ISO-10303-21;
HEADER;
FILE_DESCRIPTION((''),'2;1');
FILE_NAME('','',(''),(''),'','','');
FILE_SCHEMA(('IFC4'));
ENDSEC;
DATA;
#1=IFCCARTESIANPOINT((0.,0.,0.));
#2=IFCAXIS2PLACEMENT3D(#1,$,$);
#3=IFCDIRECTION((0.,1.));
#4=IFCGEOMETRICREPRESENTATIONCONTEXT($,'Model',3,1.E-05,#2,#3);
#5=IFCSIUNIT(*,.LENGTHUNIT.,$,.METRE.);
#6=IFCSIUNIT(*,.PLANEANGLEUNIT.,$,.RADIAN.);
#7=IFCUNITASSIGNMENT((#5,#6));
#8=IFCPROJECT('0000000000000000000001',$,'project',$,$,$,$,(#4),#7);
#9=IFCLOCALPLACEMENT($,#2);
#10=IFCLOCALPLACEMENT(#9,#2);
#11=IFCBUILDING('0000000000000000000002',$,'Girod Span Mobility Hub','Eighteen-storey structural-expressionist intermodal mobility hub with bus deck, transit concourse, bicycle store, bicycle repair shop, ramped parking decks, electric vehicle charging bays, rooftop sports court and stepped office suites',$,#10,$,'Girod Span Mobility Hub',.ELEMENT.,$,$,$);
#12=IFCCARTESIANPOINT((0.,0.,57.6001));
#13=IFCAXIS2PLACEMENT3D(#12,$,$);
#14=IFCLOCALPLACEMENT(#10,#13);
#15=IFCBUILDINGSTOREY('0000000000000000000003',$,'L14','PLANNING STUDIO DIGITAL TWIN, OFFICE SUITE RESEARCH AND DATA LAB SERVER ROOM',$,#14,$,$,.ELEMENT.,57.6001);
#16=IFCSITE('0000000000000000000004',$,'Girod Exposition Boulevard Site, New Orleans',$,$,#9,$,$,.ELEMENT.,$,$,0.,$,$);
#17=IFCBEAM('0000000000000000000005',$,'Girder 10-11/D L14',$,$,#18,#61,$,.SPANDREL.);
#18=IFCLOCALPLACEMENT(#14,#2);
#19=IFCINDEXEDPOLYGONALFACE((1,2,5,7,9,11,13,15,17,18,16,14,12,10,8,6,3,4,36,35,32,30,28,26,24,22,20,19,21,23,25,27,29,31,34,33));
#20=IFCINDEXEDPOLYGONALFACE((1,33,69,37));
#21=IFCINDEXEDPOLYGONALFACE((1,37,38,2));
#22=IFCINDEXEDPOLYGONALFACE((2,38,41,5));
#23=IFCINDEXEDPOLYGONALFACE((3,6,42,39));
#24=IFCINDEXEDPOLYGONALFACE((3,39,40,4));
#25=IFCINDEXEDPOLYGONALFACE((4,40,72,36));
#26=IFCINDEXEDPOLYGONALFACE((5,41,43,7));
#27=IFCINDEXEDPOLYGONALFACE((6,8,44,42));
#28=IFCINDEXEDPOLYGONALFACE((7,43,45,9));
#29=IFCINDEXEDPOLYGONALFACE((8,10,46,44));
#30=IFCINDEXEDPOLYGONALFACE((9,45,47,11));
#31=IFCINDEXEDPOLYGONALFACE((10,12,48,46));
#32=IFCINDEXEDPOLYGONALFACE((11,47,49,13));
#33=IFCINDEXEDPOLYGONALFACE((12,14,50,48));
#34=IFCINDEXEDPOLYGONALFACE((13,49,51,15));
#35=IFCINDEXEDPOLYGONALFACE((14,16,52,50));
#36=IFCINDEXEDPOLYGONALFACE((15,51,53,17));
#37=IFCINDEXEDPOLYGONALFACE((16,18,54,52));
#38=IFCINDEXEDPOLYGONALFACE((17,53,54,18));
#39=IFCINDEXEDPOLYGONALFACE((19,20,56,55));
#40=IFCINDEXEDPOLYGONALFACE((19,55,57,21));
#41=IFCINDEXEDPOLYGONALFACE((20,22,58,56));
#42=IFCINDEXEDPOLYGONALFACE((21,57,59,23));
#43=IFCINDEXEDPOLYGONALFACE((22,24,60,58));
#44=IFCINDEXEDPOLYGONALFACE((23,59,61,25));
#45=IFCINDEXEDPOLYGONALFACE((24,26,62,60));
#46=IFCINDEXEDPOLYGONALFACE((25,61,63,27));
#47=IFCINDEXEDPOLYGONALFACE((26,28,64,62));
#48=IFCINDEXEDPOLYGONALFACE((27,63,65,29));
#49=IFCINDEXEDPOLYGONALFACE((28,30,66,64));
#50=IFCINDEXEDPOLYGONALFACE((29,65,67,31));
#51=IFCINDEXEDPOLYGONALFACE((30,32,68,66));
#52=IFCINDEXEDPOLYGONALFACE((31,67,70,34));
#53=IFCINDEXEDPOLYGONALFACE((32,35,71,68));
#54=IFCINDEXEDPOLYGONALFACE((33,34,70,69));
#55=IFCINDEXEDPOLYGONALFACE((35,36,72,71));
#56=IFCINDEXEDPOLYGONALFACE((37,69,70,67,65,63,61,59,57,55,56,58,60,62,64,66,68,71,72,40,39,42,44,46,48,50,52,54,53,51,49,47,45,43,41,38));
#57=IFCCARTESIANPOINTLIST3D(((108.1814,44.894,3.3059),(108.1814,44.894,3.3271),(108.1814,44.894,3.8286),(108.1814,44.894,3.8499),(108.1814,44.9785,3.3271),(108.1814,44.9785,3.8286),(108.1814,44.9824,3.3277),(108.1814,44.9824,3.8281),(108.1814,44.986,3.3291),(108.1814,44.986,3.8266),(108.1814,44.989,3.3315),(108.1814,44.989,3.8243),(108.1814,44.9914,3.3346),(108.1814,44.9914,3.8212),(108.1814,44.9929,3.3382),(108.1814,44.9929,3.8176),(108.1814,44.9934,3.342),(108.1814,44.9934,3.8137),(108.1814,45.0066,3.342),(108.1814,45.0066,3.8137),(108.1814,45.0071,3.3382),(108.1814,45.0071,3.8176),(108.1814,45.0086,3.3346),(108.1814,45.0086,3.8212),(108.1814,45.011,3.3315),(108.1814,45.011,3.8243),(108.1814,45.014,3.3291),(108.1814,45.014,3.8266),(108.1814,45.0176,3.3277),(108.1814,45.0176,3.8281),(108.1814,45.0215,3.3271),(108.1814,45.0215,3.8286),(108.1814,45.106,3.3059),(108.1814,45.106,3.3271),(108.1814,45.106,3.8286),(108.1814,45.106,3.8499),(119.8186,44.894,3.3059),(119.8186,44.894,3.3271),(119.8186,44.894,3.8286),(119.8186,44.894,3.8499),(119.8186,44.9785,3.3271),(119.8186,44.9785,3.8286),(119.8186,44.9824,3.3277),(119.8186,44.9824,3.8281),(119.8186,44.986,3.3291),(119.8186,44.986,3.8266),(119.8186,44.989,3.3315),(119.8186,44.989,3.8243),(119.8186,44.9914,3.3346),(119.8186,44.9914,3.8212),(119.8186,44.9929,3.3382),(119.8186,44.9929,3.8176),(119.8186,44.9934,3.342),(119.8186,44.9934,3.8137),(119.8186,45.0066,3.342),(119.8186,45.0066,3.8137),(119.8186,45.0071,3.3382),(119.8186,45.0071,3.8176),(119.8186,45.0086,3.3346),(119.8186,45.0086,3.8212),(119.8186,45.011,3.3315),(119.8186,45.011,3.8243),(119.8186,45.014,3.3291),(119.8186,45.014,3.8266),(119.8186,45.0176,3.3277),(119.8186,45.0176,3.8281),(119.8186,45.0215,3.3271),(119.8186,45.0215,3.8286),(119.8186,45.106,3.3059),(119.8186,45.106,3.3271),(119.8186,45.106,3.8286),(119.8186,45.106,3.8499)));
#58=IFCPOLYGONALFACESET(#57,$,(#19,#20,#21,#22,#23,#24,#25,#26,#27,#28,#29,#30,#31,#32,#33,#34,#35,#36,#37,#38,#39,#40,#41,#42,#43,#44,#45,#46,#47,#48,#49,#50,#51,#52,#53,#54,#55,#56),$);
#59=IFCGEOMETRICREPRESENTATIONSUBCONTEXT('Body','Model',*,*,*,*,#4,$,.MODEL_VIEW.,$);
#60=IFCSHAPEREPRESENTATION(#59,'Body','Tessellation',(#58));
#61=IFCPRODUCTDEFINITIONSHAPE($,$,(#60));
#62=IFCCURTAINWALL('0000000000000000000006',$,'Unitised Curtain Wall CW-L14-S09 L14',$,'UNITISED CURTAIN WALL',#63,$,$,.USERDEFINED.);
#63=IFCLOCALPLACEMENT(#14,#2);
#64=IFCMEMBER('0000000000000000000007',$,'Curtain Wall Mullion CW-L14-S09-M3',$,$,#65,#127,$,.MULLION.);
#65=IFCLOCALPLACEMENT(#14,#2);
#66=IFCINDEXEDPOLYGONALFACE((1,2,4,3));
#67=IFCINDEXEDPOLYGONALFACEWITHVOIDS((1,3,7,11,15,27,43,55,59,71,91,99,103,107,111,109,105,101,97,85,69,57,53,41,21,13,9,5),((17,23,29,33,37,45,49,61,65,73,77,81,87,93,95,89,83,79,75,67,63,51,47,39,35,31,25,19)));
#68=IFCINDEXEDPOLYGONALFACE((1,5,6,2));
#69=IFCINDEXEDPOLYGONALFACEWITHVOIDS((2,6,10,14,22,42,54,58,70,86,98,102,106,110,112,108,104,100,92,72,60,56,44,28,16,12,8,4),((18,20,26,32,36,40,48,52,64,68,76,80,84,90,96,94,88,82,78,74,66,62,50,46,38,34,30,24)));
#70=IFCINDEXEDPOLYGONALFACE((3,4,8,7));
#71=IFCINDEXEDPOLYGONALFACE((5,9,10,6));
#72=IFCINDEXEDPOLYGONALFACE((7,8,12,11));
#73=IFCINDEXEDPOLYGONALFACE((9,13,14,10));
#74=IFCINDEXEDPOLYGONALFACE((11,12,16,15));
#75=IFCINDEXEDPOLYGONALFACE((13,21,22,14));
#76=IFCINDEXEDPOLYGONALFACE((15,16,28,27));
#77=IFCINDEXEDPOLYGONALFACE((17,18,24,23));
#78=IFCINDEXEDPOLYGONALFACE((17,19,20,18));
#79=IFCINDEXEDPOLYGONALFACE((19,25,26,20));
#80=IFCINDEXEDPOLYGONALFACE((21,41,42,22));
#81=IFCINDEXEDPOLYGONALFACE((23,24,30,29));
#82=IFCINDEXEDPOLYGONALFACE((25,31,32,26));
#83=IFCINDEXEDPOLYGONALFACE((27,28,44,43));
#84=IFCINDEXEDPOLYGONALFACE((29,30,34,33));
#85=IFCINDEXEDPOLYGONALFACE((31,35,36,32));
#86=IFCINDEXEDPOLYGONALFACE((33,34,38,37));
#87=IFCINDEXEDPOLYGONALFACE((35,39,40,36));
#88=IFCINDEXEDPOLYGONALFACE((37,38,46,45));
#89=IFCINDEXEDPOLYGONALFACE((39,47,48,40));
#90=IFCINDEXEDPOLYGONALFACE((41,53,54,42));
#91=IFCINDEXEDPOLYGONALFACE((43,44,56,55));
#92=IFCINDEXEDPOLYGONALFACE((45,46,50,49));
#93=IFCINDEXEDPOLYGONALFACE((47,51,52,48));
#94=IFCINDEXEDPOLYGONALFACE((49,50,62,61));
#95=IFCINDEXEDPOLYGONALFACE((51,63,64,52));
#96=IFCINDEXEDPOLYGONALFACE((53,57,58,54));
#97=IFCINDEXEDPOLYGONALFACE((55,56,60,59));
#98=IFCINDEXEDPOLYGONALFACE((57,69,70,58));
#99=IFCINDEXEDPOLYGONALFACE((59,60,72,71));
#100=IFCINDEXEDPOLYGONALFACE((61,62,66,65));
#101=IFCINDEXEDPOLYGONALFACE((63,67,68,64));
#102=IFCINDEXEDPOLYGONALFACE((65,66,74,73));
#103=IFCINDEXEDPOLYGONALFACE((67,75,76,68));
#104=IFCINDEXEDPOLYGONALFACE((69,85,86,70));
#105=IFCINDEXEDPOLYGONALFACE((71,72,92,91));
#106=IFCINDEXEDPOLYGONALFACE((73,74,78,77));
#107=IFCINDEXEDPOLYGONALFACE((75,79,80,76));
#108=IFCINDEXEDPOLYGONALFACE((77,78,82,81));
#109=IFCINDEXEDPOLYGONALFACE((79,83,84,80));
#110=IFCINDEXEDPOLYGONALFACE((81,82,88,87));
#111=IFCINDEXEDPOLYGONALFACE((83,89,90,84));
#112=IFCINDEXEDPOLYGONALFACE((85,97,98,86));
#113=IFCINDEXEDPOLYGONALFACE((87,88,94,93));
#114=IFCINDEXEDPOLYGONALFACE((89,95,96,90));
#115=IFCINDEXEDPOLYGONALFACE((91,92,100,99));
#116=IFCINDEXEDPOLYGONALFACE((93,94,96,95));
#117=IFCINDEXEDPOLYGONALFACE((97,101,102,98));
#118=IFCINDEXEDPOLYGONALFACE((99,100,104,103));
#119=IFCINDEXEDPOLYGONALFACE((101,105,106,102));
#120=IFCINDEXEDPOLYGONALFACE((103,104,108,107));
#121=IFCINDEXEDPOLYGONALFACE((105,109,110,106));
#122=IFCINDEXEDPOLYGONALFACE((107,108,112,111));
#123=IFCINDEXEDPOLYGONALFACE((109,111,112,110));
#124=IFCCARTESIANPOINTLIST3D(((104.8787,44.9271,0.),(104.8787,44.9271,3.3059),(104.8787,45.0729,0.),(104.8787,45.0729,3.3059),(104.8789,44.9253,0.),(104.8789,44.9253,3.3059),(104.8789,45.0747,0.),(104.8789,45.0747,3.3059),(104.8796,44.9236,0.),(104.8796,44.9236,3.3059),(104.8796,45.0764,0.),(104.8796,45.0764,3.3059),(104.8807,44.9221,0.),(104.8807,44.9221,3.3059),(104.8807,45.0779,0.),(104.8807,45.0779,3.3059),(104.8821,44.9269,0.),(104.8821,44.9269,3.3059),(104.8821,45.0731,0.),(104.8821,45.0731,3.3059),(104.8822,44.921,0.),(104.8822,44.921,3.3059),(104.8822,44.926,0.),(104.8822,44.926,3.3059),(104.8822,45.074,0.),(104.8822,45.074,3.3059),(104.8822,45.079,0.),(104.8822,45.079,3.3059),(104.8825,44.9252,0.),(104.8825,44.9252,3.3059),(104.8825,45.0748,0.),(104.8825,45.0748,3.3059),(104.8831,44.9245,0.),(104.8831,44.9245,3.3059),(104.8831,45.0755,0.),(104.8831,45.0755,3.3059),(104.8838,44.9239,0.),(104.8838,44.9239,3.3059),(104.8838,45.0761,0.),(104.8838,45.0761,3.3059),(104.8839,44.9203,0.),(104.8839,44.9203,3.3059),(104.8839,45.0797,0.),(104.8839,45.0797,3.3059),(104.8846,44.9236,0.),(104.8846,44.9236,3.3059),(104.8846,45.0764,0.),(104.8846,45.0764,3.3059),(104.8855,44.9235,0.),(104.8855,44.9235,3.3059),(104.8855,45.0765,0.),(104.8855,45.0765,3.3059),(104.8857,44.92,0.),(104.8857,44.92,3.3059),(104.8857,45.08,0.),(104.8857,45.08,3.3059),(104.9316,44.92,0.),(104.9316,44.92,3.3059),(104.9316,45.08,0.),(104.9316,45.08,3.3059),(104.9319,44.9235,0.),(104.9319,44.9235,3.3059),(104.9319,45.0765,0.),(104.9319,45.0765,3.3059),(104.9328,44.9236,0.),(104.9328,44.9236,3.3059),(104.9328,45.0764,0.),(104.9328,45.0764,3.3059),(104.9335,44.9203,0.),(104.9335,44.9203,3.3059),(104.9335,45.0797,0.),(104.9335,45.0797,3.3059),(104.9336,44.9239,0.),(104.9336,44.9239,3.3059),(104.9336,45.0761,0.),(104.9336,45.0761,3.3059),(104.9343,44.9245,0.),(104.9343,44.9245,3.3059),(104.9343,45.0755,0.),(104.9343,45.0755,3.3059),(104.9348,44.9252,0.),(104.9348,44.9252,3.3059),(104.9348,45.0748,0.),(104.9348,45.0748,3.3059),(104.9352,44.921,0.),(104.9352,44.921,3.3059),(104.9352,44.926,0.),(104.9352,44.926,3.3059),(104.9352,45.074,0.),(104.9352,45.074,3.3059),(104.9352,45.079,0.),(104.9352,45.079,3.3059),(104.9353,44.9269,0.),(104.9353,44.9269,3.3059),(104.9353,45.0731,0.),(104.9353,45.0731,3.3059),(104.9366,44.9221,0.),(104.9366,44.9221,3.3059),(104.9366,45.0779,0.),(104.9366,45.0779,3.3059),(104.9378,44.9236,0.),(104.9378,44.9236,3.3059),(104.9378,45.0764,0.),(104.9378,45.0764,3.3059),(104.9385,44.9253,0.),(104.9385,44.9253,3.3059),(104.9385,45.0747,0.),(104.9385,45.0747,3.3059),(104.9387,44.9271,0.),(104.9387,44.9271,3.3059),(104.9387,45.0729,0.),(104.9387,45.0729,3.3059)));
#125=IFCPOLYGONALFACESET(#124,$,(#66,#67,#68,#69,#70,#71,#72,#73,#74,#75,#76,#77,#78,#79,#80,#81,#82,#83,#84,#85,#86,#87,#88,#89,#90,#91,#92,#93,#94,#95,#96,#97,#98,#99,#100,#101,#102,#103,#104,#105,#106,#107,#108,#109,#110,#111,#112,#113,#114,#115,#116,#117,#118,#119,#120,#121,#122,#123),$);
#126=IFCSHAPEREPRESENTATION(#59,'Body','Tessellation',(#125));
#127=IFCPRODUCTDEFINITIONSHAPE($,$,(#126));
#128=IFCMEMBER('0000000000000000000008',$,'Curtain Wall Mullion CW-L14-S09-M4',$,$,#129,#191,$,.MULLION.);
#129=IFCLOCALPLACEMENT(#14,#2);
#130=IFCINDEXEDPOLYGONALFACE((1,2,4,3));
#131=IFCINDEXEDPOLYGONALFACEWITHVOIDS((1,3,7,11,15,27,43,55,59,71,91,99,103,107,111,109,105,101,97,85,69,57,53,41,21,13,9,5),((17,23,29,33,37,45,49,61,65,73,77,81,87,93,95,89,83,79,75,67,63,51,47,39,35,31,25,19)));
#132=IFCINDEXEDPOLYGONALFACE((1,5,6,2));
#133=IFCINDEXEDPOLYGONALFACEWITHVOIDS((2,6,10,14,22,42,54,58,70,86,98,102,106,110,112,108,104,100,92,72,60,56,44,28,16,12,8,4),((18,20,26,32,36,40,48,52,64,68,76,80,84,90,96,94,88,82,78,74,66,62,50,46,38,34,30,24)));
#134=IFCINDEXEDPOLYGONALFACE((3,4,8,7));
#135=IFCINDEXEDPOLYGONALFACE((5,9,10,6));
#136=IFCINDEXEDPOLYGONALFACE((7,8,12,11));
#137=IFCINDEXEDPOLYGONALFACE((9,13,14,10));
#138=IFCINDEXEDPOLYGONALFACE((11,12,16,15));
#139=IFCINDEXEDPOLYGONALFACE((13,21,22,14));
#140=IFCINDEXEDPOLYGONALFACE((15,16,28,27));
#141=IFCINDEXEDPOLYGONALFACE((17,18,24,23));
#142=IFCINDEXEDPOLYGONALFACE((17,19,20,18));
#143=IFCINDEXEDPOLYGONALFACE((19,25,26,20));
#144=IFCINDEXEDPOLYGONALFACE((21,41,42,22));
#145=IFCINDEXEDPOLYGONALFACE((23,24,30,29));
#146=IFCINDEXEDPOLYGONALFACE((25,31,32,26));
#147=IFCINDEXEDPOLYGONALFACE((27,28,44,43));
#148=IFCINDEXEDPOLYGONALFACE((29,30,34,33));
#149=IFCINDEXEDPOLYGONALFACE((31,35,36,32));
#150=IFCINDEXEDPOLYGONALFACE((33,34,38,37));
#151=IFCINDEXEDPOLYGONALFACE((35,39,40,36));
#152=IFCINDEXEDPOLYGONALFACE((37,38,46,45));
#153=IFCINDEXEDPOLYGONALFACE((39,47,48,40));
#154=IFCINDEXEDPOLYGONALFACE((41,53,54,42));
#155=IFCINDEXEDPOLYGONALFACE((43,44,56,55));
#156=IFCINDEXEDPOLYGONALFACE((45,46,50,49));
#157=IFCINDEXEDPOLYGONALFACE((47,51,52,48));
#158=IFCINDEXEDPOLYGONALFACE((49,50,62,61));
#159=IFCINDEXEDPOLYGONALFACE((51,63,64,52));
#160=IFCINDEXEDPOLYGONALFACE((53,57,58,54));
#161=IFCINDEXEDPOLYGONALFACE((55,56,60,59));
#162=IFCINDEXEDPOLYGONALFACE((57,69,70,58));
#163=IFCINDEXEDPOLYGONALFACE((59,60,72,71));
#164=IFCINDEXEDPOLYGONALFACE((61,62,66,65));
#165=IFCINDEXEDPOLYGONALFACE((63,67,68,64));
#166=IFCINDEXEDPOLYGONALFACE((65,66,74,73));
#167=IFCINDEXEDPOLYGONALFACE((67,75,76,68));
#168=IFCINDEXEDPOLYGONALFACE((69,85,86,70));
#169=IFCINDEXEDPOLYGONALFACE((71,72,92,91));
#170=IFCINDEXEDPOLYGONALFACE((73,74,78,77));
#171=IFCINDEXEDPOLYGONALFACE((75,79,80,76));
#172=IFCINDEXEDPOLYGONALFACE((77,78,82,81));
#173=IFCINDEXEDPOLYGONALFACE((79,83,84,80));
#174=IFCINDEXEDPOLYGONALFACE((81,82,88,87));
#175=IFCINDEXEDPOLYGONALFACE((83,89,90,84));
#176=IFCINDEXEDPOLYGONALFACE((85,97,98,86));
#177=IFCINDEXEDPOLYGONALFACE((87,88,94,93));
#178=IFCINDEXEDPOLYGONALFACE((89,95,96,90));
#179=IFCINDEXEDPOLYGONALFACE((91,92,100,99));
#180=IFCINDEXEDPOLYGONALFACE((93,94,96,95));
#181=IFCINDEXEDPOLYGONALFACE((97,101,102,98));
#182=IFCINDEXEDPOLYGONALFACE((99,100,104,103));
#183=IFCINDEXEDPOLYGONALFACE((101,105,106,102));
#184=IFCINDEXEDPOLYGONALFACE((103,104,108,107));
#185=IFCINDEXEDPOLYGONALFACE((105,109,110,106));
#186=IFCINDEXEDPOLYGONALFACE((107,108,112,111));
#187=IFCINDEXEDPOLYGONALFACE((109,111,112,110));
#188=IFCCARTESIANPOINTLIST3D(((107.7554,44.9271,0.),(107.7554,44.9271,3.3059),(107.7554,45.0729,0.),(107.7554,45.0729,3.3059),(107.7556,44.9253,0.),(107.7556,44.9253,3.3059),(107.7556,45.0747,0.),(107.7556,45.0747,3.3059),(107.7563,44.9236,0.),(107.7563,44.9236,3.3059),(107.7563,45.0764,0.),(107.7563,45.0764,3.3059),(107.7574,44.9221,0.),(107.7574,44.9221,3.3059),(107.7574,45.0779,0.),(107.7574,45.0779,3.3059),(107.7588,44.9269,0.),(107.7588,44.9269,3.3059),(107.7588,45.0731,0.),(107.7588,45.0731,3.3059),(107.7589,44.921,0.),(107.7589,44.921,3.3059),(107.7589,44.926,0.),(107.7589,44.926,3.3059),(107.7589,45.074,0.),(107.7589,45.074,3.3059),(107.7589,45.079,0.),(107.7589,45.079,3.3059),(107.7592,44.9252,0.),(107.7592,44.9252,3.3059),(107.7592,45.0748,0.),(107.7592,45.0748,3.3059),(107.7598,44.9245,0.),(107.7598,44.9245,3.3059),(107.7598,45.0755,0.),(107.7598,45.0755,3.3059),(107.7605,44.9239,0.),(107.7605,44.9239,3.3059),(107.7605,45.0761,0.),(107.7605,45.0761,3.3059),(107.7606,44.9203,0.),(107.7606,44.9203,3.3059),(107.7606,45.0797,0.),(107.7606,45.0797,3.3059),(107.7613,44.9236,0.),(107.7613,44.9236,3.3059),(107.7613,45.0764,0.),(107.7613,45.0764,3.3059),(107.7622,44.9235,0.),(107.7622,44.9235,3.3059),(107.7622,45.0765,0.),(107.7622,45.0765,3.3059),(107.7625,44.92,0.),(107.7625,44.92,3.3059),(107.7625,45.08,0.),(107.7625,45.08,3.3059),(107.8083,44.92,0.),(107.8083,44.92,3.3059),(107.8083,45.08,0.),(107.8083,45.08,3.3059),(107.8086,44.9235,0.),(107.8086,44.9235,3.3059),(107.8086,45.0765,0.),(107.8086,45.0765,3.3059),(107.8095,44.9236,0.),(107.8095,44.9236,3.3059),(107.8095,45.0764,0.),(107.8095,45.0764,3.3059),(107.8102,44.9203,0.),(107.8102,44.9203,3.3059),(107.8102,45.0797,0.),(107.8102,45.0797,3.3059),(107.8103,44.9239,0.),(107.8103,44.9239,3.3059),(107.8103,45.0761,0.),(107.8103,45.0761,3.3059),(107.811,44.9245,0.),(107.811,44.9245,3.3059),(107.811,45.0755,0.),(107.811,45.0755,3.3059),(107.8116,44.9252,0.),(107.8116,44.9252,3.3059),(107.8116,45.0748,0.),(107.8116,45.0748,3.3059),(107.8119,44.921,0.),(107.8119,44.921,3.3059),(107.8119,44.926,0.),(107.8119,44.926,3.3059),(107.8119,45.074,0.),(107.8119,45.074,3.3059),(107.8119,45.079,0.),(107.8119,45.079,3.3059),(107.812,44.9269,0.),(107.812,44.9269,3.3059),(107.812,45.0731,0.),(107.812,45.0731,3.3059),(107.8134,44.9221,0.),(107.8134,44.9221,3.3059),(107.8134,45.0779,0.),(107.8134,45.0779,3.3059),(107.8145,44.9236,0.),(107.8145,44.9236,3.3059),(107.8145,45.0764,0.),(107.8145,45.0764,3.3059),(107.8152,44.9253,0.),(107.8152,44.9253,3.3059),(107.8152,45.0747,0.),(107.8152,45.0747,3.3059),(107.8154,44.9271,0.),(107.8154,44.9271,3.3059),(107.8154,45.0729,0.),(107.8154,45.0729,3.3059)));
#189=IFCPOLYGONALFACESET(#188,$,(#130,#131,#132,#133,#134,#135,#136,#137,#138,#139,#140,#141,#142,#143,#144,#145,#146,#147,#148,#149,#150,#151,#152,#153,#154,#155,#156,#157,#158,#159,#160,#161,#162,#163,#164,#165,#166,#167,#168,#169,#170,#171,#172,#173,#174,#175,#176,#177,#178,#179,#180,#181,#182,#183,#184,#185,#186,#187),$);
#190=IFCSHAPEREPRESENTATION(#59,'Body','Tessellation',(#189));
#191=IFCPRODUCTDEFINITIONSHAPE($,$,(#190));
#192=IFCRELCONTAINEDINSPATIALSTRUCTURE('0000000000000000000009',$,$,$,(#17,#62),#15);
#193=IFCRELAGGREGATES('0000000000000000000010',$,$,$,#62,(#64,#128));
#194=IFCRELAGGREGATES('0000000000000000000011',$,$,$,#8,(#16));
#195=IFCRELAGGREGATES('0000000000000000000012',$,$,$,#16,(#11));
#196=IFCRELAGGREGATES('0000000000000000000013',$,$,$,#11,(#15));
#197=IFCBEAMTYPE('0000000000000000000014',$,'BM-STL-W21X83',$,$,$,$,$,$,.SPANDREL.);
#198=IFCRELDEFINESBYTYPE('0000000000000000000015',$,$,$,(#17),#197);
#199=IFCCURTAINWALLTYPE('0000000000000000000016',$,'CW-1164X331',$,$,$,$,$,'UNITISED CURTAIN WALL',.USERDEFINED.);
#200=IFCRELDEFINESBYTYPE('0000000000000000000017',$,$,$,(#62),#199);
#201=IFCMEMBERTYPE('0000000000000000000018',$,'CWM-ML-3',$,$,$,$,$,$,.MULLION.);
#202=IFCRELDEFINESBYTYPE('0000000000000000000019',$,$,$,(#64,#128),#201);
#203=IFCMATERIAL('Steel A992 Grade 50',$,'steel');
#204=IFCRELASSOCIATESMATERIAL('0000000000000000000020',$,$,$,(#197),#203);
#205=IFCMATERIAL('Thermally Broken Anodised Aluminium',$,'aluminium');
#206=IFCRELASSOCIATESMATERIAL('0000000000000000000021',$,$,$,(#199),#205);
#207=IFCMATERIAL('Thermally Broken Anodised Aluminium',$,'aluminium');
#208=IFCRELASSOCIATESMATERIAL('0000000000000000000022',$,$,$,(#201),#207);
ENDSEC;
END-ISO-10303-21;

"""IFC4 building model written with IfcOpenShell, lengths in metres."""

from ifc_helpers import new_model, si_unit, direction, frame, origin, origin_2d, place, context, subcontext, project, spatial, hollow_rectangle, i_section, extrude, material, material_profile, profile_set, type_object, element, aggregate, save


model = new_model("IFC4")

# Units and contexts
model_context = context("Model", 3, precision=1e-05, world=origin(), true_north=direction((0.0, 1.0)))
body_context = subcontext(model_context, "Body", "Model", "MODEL_VIEW")
ifc_project = project(units=[si_unit("LENGTHUNIT", "METRE"), si_unit("PLANEANGLEUNIT", "RADIAN")], contexts=[model_context])

# Site, building, storey
site_placement = place(None, origin())
site = spatial("IfcSite", under=ifc_project, at=site_placement, Name="Girod Exposition Boulevard Site, New Orleans", CompositionType="ELEMENT", RefElevation=0.0)
building_placement = place(site_placement, origin())
building = spatial("IfcBuilding", under=site, at=building_placement, Name="Girod Span Mobility Hub", Description="Eighteen-storey structural-expressionist intermodal mobility hub with bus deck, transit concourse, bicycle store, bicycle repair shop, ramped parking decks, electric vehicle charging bays, rooftop sports court and stepped office suites", LongName="Girod Span Mobility Hub", CompositionType="ELEMENT")
storey_placement = place(building_placement, frame((0.0, 0.0, 57.6001)))
storey = spatial("IfcBuildingStorey", under=building, at=storey_placement, Name="L14", Description="PLANNING STUDIO DIGITAL TWIN, OFFICE SUITE RESEARCH AND DATA LAB SERVER ROOM", CompositionType="ELEMENT", Elevation=57.6001)

# Beam
ifc_material_1 = material(Name="Steel A992 Grade 50", Category="steel")
ifc_material_profile_1 = material_profile(ifc_material_1, i_section(OverallWidth=0.2119, OverallDepth=0.5439, WebThickness=0.0132, FlangeThickness=0.0212, FilletRadius=0.0149, at=origin_2d()), Name="W21X83")
ifc_profile_set_1 = profile_set([ifc_material_profile_1], Name="Steel A992 Grade 50")
beam_type_1 = type_object("IfcBeamType", Name="BM-STL-W21X83", PredefinedType="SPANDREL", material=ifc_profile_set_1)
beam_1_placement = place(storey_placement, frame((108.1814, 45.0, 3.5779), z_axis=(1.0, 0.0, 0.0), x_axis=(0.0, 1.0, 0.0)))
element("IfcBeam", 1, at=beam_1_placement, inside=storey, type_object=beam_type_1, Name="Girder 10-11/D L14", PredefinedType="SPANDREL", context=body_context, shape_type="SweptSolid", body=[
    extrude(i_section(OverallWidth=0.2119, OverallDepth=0.5439, WebThickness=0.0132, FlangeThickness=0.0212, FilletRadius=0.0149, at=origin_2d()), origin(), (0.0, 0.0, 1.0), 11.6372),
])

# Curtain wall, members
ifc_material_2 = material(Name="Thermally Broken Anodised Aluminium", Category="aluminium")
curtain_wall_type = type_object("IfcCurtainWallType", Name="CW-1164X331", ElementType="UNITISED CURTAIN WALL", PredefinedType="USERDEFINED", material=ifc_material_2)
curtain_wall_1_placement = place(storey_placement, origin())
curtain_wall_1 = element("IfcCurtainWall", 2, at=curtain_wall_1_placement, inside=storey, type_object=curtain_wall_type, Name="Unitised Curtain Wall CW-L14-S09 L14", ObjectType="UNITISED CURTAIN WALL", PredefinedType="USERDEFINED")
ifc_material_3 = material(Name="Thermally Broken Anodised Aluminium", Category="aluminium")
ifc_material_profile_2 = material_profile(ifc_material_3, hollow_rectangle(XDim=0.1599, YDim=0.0601, WallThickness=0.0034, InnerFilletRadius=0.0034, OuterFilletRadius=0.0071, at=origin_2d()), Name="CW-ML-60X160")
ifc_profile_set_2 = profile_set([ifc_material_profile_2], Name="Thermally Broken Anodised Aluminium")
member_type_1 = type_object("IfcMemberType", Name="CWM-ML-3", PredefinedType="MULLION", material=ifc_profile_set_2)
member_1_placement = place(storey_placement, frame((104.9087, 45.0, 0.0), z_axis=(0.0, 0.0, 1.0), x_axis=(0.0, 1.0, 0.0)))
member_1 = element("IfcMember", 3, at=member_1_placement, type_object=member_type_1, Name="Curtain Wall Mullion CW-L14-S09-M3", PredefinedType="MULLION", context=body_context, shape_type="SweptSolid", body=[
    extrude(hollow_rectangle(XDim=0.1599, YDim=0.0601, WallThickness=0.0034, InnerFilletRadius=0.0034, OuterFilletRadius=0.0071, at=origin_2d()), origin(), (0.0, 0.0, 1.0), 3.3059),
])
member_2_placement = place(storey_placement, frame((107.7854, 45.0, 0.0), z_axis=(0.0, 0.0, 1.0), x_axis=(0.0, 1.0, 0.0)))
member_2 = element("IfcMember", 4, at=member_2_placement, type_object=member_type_1, Name="Curtain Wall Mullion CW-L14-S09-M4", PredefinedType="MULLION", context=body_context, shape_type="SweptSolid", body=[
    extrude(hollow_rectangle(XDim=0.1599, YDim=0.0601, WallThickness=0.0034, InnerFilletRadius=0.0034, OuterFilletRadius=0.0071, at=origin_2d()), origin(), (0.0, 0.0, 1.0), 3.3059),
])

aggregate(curtain_wall_1, [member_1, member_2])

save(model, "model.ifc")
